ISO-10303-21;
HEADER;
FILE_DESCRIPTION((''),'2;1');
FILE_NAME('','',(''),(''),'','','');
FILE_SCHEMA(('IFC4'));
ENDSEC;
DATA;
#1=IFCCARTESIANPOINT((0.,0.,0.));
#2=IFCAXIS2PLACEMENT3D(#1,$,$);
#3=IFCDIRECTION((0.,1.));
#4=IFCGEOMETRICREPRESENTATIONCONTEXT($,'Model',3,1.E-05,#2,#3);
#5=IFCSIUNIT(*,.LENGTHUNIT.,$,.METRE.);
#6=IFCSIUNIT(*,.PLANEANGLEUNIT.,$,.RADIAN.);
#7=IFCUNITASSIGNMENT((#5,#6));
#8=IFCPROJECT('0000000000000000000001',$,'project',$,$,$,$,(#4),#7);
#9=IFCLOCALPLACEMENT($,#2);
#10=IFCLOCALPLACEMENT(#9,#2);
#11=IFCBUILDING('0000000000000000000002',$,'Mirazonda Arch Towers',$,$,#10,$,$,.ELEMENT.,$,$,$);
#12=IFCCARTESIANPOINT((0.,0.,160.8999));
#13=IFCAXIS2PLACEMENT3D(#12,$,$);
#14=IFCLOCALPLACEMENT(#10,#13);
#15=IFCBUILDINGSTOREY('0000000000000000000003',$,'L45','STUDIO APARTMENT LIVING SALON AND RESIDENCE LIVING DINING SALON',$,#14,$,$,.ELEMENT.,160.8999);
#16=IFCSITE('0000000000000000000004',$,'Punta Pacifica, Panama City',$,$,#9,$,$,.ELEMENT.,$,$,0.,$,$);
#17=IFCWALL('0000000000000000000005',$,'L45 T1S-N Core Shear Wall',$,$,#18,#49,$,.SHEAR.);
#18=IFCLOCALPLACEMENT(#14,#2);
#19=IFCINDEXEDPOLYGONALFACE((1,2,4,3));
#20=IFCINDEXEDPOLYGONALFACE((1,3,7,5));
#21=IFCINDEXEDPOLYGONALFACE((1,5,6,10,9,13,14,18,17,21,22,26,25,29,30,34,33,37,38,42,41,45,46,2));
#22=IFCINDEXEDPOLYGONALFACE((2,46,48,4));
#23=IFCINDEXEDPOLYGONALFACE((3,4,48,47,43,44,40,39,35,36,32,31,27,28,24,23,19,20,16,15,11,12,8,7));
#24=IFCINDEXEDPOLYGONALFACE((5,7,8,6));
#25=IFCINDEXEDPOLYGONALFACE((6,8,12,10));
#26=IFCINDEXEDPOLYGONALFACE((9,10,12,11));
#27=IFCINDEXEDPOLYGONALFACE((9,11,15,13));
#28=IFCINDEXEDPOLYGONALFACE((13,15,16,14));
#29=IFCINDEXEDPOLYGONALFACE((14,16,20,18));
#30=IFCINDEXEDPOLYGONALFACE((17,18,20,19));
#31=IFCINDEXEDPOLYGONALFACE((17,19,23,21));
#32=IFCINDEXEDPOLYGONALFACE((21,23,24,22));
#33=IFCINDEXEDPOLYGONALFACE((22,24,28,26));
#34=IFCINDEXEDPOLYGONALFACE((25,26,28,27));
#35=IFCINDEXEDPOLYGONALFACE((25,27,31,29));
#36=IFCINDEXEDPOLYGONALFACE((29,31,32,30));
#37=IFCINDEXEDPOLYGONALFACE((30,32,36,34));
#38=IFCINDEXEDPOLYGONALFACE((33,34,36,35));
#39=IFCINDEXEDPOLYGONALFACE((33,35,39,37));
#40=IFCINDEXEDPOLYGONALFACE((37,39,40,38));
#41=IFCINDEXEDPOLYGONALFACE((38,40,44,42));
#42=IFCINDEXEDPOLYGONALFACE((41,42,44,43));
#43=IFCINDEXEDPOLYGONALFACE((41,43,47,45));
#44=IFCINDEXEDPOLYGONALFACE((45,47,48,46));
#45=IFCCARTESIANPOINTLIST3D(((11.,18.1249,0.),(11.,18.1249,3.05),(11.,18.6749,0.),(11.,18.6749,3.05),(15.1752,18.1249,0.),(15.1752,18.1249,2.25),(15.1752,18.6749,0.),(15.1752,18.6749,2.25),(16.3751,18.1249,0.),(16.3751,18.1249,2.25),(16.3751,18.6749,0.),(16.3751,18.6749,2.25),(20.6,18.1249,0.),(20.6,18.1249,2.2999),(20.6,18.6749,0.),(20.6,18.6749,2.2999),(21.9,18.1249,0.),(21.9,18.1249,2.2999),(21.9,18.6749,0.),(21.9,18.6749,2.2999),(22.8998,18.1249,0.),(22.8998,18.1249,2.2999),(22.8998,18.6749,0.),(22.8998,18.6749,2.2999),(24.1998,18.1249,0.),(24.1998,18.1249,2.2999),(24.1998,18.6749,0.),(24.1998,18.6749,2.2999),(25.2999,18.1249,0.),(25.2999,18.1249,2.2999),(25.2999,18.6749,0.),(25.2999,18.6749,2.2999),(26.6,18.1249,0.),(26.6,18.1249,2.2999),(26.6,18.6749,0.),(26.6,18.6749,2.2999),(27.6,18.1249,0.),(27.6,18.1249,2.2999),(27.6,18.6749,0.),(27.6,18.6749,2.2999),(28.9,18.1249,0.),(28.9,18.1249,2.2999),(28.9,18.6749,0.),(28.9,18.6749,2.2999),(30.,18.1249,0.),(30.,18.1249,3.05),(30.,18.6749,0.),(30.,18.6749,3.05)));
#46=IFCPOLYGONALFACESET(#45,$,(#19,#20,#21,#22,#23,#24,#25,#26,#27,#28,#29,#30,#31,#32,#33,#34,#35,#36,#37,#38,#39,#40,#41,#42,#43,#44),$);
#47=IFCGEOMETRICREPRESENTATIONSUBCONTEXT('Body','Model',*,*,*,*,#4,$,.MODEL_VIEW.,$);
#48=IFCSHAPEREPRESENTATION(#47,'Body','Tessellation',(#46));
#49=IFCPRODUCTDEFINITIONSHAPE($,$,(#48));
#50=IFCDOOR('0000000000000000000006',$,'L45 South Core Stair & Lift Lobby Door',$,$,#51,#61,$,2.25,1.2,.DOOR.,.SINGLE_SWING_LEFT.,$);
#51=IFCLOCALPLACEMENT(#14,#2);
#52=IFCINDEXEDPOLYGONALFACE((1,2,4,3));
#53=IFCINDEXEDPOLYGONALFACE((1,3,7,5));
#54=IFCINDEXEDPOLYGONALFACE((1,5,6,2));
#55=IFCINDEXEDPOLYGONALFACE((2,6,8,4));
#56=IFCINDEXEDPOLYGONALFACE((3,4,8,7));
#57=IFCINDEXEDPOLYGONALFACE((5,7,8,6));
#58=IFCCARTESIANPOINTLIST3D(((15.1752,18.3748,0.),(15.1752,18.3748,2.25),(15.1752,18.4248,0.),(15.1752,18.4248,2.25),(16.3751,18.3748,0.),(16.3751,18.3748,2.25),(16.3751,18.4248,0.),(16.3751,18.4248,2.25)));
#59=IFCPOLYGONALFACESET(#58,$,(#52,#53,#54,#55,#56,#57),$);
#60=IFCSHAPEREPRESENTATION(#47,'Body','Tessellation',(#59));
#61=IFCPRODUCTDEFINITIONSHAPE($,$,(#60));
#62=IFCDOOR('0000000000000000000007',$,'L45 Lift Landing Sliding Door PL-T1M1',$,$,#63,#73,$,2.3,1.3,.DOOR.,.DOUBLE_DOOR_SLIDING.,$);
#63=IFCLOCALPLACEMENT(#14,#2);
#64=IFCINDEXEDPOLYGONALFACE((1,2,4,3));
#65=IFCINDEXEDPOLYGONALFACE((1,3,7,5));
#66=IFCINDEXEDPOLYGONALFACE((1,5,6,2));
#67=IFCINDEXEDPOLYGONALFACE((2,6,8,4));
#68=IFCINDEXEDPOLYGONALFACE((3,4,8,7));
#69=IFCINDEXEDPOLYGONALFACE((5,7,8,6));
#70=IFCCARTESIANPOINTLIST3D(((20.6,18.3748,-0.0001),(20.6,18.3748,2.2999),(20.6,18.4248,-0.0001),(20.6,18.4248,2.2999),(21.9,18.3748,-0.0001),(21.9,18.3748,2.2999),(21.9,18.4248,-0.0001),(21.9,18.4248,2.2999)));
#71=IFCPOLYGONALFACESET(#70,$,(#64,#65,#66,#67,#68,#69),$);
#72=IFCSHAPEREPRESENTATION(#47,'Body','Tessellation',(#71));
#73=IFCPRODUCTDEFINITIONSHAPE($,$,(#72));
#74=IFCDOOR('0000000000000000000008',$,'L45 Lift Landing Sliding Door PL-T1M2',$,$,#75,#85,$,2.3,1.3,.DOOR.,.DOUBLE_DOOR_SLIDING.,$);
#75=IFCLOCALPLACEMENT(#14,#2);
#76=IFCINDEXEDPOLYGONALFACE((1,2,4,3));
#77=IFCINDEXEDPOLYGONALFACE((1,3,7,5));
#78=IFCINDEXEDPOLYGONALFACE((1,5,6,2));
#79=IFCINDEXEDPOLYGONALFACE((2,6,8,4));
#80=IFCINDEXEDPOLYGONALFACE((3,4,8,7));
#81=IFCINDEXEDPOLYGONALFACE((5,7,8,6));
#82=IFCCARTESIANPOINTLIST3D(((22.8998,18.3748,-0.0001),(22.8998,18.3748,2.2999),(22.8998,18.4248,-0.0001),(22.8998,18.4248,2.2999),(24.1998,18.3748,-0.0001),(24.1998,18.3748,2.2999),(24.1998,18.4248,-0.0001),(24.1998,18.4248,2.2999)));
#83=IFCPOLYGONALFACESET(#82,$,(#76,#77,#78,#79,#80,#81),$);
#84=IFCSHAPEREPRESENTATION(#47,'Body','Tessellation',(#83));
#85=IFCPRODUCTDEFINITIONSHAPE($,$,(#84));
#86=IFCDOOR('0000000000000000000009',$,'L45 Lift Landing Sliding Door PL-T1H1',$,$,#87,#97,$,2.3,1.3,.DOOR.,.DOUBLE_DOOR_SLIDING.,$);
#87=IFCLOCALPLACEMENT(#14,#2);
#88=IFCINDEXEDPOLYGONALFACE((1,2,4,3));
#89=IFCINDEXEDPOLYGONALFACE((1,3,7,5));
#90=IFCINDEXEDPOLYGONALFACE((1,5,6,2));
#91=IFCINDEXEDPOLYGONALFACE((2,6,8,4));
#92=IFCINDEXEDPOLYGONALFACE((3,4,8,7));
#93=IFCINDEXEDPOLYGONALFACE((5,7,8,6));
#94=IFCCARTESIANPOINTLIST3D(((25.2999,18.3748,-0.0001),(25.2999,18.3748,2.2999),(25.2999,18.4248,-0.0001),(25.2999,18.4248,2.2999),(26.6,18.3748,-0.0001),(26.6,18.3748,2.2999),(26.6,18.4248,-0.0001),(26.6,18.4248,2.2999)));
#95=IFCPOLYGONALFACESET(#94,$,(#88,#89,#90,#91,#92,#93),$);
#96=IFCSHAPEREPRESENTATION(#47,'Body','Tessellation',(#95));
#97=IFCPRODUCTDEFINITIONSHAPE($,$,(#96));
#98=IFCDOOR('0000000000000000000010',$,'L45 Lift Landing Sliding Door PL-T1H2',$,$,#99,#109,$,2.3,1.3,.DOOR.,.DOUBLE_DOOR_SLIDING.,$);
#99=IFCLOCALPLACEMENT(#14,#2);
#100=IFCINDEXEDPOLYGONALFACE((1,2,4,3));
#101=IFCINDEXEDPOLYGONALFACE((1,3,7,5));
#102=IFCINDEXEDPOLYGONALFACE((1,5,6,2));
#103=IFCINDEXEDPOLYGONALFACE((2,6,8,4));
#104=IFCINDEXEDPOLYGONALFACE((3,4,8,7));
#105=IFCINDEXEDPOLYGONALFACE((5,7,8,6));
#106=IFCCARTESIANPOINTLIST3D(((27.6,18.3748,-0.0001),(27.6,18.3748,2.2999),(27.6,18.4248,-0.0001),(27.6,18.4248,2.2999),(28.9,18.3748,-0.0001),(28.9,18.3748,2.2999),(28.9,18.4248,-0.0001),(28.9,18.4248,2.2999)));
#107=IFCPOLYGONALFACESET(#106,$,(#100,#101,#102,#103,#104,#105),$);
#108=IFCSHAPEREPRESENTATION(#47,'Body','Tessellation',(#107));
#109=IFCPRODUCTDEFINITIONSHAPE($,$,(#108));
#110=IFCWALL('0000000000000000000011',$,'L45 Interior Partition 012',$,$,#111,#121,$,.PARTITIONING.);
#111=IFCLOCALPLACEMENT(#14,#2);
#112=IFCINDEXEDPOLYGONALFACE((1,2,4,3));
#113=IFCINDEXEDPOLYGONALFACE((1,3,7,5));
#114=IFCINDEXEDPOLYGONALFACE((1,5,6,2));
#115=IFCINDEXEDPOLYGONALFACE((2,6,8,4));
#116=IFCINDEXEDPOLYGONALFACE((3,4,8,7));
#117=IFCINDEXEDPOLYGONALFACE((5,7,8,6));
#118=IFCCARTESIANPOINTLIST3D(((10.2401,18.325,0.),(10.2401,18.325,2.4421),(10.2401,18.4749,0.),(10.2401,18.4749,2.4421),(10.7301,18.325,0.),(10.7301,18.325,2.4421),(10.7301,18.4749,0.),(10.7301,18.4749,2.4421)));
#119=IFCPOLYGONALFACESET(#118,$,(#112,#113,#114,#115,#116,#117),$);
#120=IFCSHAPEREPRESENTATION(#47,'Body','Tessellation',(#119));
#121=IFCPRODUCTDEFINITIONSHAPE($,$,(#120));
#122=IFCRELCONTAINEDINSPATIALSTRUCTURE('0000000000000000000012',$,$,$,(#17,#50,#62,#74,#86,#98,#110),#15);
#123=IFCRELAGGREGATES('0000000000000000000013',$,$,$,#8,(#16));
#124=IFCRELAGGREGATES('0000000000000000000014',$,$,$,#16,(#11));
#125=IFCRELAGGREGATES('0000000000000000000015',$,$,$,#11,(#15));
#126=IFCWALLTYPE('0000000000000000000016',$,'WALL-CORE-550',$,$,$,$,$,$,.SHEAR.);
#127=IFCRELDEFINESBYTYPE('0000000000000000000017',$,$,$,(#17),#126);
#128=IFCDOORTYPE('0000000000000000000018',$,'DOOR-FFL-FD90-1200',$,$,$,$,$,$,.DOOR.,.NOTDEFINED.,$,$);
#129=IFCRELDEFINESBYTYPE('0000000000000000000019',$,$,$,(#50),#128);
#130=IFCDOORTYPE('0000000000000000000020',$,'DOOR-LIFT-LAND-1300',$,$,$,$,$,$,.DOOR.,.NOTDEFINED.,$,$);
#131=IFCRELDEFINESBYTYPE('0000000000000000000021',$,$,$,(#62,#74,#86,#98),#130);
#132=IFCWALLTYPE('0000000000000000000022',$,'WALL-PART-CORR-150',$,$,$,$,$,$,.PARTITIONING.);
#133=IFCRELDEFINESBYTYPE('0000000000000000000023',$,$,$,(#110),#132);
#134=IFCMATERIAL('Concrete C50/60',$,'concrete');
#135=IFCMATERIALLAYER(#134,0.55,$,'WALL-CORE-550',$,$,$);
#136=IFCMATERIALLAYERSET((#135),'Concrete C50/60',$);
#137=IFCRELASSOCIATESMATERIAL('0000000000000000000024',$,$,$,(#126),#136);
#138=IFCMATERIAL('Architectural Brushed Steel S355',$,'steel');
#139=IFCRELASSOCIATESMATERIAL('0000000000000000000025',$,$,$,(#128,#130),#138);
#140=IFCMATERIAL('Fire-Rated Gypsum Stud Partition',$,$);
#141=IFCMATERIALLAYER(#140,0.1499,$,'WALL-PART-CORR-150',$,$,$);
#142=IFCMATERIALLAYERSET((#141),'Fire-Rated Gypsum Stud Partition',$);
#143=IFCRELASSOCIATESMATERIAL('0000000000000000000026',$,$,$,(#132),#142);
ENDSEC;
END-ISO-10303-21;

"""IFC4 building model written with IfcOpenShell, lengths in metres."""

from ifc_helpers import new_model, si_unit, direction, frame, frame_2d, origin, place, context, subcontext, project, spatial, rectangle, extrude, material, layer, layer_set, type_object, element, fill, save


model = new_model("IFC4")

# Units and contexts
model_context = context("Model", 3, precision=1e-05, world=origin(), true_north=direction((0.0, 1.0)))
body_context = subcontext(model_context, "Body", "Model", "MODEL_VIEW")
ifc_project = project(units=[si_unit("LENGTHUNIT", "METRE"), si_unit("PLANEANGLEUNIT", "RADIAN")], contexts=[model_context])

# Site, building, storey
site_placement = place(None, origin())
site = spatial("IfcSite", under=ifc_project, at=site_placement, Name="Punta Pacifica, Panama City", CompositionType="ELEMENT", RefElevation=0.0)
building_placement = place(site_placement, origin())
building = spatial("IfcBuilding", under=site, at=building_placement, Name="Mirazonda Arch Towers", CompositionType="ELEMENT")
storey_placement = place(building_placement, frame((0.0, 0.0, 160.8999)))
storey = spatial("IfcBuildingStorey", under=building, at=storey_placement, Name="L45", Description="STUDIO APARTMENT LIVING SALON AND RESIDENCE LIVING DINING SALON", CompositionType="ELEMENT", Elevation=160.8999)

# Shared definitions
ifc_material_1 = material(Name="Concrete C50/60", Category="concrete")

# Shared definitions
ifc_material_2 = material(Name="Architectural Brushed Steel S355", Category="steel")

# Wall, openings, doors
ifc_layer_1 = layer(ifc_material_1, 0.55, Name="WALL-CORE-550")
ifc_layer_set_1 = layer_set([ifc_layer_1], Name="Concrete C50/60")
wall_type_1 = type_object("IfcWallType", Name="WALL-CORE-550", PredefinedType="SHEAR", material=ifc_layer_set_1)
wall_1_placement = place(storey_placement, frame((11.0, 18.3999, 0.0), z_axis=(0.0, 0.0, 1.0), x_axis=(1.0, 0.0, 0.0)))
wall_1 = element("IfcWall", 1, at=wall_1_placement, inside=storey, type_object=wall_type_1, Name="L45 T1S-N Core Shear Wall", PredefinedType="SHEAR", context=body_context, shape_type="SweptSolid", body=[
    extrude(rectangle(XDim=19.0, YDim=0.55, at=frame_2d((9.5, 0.0))), origin(), (0.0, 0.0, 1.0), 3.05),
])
opening_1_placement = place(wall_1_placement, frame((4.175, 0.0, 0.0)))
opening_1 = element("IfcOpeningElement", 2, at=opening_1_placement, cuts=wall_1, PredefinedType="OPENING", context=body_context, shape_type="SweptSolid", body=[
    extrude(rectangle(XDim=1.2, YDim=2.25, at=frame_2d((0.6001, 1.125))), frame((0.0, 0.2849, 0.0), z_axis=(0.0, -1.0, 0.0), x_axis=(1.0, 0.0, 0.0)), (0.0, 0.0, 1.0), 0.5701),
])
opening_2_placement = place(wall_1_placement, frame((9.6001, 0.0, 0.0)))
opening_2 = element("IfcOpeningElement", 3, at=opening_2_placement, cuts=wall_1, PredefinedType="OPENING", context=body_context, shape_type="SweptSolid", body=[
    extrude(rectangle(XDim=1.3, YDim=2.3, at=frame_2d((0.6499, 1.1499))), frame((0.0, 0.2849, 0.0), z_axis=(0.0, -1.0, 0.0), x_axis=(1.0, 0.0, 0.0)), (0.0, 0.0, 1.0), 0.5701),
])
opening_3_placement = place(wall_1_placement, frame((11.8999, 0.0, 0.0)))
opening_3 = element("IfcOpeningElement", 4, at=opening_3_placement, cuts=wall_1, PredefinedType="OPENING", context=body_context, shape_type="SweptSolid", body=[
    extrude(rectangle(XDim=1.3, YDim=2.3, at=frame_2d((0.6499, 1.1499))), frame((0.0, 0.2849, 0.0), z_axis=(0.0, -1.0, 0.0), x_axis=(1.0, 0.0, 0.0)), (0.0, 0.0, 1.0), 0.5701),
])
opening_4_placement = place(wall_1_placement, frame((14.3, 0.0, 0.0)))
opening_4 = element("IfcOpeningElement", 5, at=opening_4_placement, cuts=wall_1, PredefinedType="OPENING", context=body_context, shape_type="SweptSolid", body=[
    extrude(rectangle(XDim=1.3, YDim=2.3, at=frame_2d((0.6499, 1.1499))), frame((0.0, 0.2849, 0.0), z_axis=(0.0, -1.0, 0.0), x_axis=(1.0, 0.0, 0.0)), (0.0, 0.0, 1.0), 0.5701),
])
opening_5_placement = place(wall_1_placement, frame((16.6001, 0.0, 0.0)))
opening_5 = element("IfcOpeningElement", 6, at=opening_5_placement, cuts=wall_1, PredefinedType="OPENING", context=body_context, shape_type="SweptSolid", body=[
    extrude(rectangle(XDim=1.3, YDim=2.3, at=frame_2d((0.6499, 1.1499))), frame((0.0, 0.2849, 0.0), z_axis=(0.0, -1.0, 0.0), x_axis=(1.0, 0.0, 0.0)), (0.0, 0.0, 1.0), 0.5701),
])
door_type_1 = type_object("IfcDoorType", Name="DOOR-FFL-FD90-1200", OperationType="NOTDEFINED", PredefinedType="DOOR", material=ifc_material_2)
door_1_placement = place(opening_1_placement, origin())
door_1 = element("IfcDoor", 7, at=door_1_placement, inside=storey, type_object=door_type_1, Name="L45 South Core Stair & Lift Lobby Door", OperationType="SINGLE_SWING_LEFT", OverallHeight=2.25, OverallWidth=1.2, PredefinedType="DOOR", context=body_context, shape_type="SweptSolid", body=[
    extrude(rectangle(XDim=1.2, YDim=2.25, at=frame_2d((0.6001, 1.125))), frame((0.0, 0.0249, 0.0), z_axis=(0.0, -1.0, 0.0), x_axis=(1.0, 0.0, 0.0)), (0.0, 0.0, 1.0), 0.05),
])
fill(opening_1, door_1)
door_type_2 = type_object("IfcDoorType", Name="DOOR-LIFT-LAND-1300", OperationType="NOTDEFINED", PredefinedType="DOOR", material=ifc_material_2)
door_2_placement = place(opening_2_placement, origin())
door_2 = element("IfcDoor", 8, at=door_2_placement, inside=storey, type_object=door_type_2, Name="L45 Lift Landing Sliding Door PL-T1M1", OperationType="DOUBLE_DOOR_SLIDING", OverallHeight=2.3, OverallWidth=1.3, PredefinedType="DOOR", context=body_context, shape_type="SweptSolid", body=[
    extrude(rectangle(XDim=1.3, YDim=2.3, at=frame_2d((0.6499, 1.1499))), frame((0.0, 0.0249, 0.0), z_axis=(0.0, -1.0, 0.0), x_axis=(1.0, 0.0, 0.0)), (0.0, 0.0, 1.0), 0.05),
])
fill(opening_2, door_2)
door_3_placement = place(opening_3_placement, origin())
door_3 = element("IfcDoor", 9, at=door_3_placement, inside=storey, type_object=door_type_2, Name="L45 Lift Landing Sliding Door PL-T1M2", OperationType="DOUBLE_DOOR_SLIDING", OverallHeight=2.3, OverallWidth=1.3, PredefinedType="DOOR", context=body_context, shape_type="SweptSolid", body=[
    extrude(rectangle(XDim=1.3, YDim=2.3, at=frame_2d((0.6499, 1.1499))), frame((0.0, 0.0249, 0.0), z_axis=(0.0, -1.0, 0.0), x_axis=(1.0, 0.0, 0.0)), (0.0, 0.0, 1.0), 0.05),
])
fill(opening_3, door_3)
door_4_placement = place(opening_4_placement, origin())
door_4 = element("IfcDoor", 10, at=door_4_placement, inside=storey, type_object=door_type_2, Name="L45 Lift Landing Sliding Door PL-T1H1", OperationType="DOUBLE_DOOR_SLIDING", OverallHeight=2.3, OverallWidth=1.3, PredefinedType="DOOR", context=body_context, shape_type="SweptSolid", body=[
    extrude(rectangle(XDim=1.3, YDim=2.3, at=frame_2d((0.6499, 1.1499))), frame((0.0, 0.0249, 0.0), z_axis=(0.0, -1.0, 0.0), x_axis=(1.0, 0.0, 0.0)), (0.0, 0.0, 1.0), 0.05),
])
fill(opening_4, door_4)
door_5_placement = place(opening_5_placement, origin())
door_5 = element("IfcDoor", 11, at=door_5_placement, inside=storey, type_object=door_type_2, Name="L45 Lift Landing Sliding Door PL-T1H2", OperationType="DOUBLE_DOOR_SLIDING", OverallHeight=2.3, OverallWidth=1.3, PredefinedType="DOOR", context=body_context, shape_type="SweptSolid", body=[
    extrude(rectangle(XDim=1.3, YDim=2.3, at=frame_2d((0.6499, 1.1499))), frame((0.0, 0.0249, 0.0), z_axis=(0.0, -1.0, 0.0), x_axis=(1.0, 0.0, 0.0)), (0.0, 0.0, 1.0), 0.05),
])
fill(opening_5, door_5)

# Wall
ifc_material_3 = material(Name="Fire-Rated Gypsum Stud Partition")
ifc_layer_2 = layer(ifc_material_3, 0.1499, Name="WALL-PART-CORR-150")
ifc_layer_set_2 = layer_set([ifc_layer_2], Name="Fire-Rated Gypsum Stud Partition")
wall_type_2 = type_object("IfcWallType", Name="WALL-PART-CORR-150", PredefinedType="PARTITIONING", material=ifc_layer_set_2)
wall_2_placement = place(storey_placement, frame((10.24, 18.3999, 0.0), z_axis=(0.0, 0.0, 1.0), x_axis=(1.0, 0.0, 0.0)))
element("IfcWall", 12, at=wall_2_placement, inside=storey, type_object=wall_type_2, Name="L45 Interior Partition 012", PredefinedType="PARTITIONING", context=body_context, shape_type="SweptSolid", body=[
    extrude(rectangle(XDim=0.49, YDim=0.1499, at=frame_2d((0.2451, 0.0))), origin(), (0.0, 0.0, 1.0), 2.4421),
])

save(model, "model.ifc")
